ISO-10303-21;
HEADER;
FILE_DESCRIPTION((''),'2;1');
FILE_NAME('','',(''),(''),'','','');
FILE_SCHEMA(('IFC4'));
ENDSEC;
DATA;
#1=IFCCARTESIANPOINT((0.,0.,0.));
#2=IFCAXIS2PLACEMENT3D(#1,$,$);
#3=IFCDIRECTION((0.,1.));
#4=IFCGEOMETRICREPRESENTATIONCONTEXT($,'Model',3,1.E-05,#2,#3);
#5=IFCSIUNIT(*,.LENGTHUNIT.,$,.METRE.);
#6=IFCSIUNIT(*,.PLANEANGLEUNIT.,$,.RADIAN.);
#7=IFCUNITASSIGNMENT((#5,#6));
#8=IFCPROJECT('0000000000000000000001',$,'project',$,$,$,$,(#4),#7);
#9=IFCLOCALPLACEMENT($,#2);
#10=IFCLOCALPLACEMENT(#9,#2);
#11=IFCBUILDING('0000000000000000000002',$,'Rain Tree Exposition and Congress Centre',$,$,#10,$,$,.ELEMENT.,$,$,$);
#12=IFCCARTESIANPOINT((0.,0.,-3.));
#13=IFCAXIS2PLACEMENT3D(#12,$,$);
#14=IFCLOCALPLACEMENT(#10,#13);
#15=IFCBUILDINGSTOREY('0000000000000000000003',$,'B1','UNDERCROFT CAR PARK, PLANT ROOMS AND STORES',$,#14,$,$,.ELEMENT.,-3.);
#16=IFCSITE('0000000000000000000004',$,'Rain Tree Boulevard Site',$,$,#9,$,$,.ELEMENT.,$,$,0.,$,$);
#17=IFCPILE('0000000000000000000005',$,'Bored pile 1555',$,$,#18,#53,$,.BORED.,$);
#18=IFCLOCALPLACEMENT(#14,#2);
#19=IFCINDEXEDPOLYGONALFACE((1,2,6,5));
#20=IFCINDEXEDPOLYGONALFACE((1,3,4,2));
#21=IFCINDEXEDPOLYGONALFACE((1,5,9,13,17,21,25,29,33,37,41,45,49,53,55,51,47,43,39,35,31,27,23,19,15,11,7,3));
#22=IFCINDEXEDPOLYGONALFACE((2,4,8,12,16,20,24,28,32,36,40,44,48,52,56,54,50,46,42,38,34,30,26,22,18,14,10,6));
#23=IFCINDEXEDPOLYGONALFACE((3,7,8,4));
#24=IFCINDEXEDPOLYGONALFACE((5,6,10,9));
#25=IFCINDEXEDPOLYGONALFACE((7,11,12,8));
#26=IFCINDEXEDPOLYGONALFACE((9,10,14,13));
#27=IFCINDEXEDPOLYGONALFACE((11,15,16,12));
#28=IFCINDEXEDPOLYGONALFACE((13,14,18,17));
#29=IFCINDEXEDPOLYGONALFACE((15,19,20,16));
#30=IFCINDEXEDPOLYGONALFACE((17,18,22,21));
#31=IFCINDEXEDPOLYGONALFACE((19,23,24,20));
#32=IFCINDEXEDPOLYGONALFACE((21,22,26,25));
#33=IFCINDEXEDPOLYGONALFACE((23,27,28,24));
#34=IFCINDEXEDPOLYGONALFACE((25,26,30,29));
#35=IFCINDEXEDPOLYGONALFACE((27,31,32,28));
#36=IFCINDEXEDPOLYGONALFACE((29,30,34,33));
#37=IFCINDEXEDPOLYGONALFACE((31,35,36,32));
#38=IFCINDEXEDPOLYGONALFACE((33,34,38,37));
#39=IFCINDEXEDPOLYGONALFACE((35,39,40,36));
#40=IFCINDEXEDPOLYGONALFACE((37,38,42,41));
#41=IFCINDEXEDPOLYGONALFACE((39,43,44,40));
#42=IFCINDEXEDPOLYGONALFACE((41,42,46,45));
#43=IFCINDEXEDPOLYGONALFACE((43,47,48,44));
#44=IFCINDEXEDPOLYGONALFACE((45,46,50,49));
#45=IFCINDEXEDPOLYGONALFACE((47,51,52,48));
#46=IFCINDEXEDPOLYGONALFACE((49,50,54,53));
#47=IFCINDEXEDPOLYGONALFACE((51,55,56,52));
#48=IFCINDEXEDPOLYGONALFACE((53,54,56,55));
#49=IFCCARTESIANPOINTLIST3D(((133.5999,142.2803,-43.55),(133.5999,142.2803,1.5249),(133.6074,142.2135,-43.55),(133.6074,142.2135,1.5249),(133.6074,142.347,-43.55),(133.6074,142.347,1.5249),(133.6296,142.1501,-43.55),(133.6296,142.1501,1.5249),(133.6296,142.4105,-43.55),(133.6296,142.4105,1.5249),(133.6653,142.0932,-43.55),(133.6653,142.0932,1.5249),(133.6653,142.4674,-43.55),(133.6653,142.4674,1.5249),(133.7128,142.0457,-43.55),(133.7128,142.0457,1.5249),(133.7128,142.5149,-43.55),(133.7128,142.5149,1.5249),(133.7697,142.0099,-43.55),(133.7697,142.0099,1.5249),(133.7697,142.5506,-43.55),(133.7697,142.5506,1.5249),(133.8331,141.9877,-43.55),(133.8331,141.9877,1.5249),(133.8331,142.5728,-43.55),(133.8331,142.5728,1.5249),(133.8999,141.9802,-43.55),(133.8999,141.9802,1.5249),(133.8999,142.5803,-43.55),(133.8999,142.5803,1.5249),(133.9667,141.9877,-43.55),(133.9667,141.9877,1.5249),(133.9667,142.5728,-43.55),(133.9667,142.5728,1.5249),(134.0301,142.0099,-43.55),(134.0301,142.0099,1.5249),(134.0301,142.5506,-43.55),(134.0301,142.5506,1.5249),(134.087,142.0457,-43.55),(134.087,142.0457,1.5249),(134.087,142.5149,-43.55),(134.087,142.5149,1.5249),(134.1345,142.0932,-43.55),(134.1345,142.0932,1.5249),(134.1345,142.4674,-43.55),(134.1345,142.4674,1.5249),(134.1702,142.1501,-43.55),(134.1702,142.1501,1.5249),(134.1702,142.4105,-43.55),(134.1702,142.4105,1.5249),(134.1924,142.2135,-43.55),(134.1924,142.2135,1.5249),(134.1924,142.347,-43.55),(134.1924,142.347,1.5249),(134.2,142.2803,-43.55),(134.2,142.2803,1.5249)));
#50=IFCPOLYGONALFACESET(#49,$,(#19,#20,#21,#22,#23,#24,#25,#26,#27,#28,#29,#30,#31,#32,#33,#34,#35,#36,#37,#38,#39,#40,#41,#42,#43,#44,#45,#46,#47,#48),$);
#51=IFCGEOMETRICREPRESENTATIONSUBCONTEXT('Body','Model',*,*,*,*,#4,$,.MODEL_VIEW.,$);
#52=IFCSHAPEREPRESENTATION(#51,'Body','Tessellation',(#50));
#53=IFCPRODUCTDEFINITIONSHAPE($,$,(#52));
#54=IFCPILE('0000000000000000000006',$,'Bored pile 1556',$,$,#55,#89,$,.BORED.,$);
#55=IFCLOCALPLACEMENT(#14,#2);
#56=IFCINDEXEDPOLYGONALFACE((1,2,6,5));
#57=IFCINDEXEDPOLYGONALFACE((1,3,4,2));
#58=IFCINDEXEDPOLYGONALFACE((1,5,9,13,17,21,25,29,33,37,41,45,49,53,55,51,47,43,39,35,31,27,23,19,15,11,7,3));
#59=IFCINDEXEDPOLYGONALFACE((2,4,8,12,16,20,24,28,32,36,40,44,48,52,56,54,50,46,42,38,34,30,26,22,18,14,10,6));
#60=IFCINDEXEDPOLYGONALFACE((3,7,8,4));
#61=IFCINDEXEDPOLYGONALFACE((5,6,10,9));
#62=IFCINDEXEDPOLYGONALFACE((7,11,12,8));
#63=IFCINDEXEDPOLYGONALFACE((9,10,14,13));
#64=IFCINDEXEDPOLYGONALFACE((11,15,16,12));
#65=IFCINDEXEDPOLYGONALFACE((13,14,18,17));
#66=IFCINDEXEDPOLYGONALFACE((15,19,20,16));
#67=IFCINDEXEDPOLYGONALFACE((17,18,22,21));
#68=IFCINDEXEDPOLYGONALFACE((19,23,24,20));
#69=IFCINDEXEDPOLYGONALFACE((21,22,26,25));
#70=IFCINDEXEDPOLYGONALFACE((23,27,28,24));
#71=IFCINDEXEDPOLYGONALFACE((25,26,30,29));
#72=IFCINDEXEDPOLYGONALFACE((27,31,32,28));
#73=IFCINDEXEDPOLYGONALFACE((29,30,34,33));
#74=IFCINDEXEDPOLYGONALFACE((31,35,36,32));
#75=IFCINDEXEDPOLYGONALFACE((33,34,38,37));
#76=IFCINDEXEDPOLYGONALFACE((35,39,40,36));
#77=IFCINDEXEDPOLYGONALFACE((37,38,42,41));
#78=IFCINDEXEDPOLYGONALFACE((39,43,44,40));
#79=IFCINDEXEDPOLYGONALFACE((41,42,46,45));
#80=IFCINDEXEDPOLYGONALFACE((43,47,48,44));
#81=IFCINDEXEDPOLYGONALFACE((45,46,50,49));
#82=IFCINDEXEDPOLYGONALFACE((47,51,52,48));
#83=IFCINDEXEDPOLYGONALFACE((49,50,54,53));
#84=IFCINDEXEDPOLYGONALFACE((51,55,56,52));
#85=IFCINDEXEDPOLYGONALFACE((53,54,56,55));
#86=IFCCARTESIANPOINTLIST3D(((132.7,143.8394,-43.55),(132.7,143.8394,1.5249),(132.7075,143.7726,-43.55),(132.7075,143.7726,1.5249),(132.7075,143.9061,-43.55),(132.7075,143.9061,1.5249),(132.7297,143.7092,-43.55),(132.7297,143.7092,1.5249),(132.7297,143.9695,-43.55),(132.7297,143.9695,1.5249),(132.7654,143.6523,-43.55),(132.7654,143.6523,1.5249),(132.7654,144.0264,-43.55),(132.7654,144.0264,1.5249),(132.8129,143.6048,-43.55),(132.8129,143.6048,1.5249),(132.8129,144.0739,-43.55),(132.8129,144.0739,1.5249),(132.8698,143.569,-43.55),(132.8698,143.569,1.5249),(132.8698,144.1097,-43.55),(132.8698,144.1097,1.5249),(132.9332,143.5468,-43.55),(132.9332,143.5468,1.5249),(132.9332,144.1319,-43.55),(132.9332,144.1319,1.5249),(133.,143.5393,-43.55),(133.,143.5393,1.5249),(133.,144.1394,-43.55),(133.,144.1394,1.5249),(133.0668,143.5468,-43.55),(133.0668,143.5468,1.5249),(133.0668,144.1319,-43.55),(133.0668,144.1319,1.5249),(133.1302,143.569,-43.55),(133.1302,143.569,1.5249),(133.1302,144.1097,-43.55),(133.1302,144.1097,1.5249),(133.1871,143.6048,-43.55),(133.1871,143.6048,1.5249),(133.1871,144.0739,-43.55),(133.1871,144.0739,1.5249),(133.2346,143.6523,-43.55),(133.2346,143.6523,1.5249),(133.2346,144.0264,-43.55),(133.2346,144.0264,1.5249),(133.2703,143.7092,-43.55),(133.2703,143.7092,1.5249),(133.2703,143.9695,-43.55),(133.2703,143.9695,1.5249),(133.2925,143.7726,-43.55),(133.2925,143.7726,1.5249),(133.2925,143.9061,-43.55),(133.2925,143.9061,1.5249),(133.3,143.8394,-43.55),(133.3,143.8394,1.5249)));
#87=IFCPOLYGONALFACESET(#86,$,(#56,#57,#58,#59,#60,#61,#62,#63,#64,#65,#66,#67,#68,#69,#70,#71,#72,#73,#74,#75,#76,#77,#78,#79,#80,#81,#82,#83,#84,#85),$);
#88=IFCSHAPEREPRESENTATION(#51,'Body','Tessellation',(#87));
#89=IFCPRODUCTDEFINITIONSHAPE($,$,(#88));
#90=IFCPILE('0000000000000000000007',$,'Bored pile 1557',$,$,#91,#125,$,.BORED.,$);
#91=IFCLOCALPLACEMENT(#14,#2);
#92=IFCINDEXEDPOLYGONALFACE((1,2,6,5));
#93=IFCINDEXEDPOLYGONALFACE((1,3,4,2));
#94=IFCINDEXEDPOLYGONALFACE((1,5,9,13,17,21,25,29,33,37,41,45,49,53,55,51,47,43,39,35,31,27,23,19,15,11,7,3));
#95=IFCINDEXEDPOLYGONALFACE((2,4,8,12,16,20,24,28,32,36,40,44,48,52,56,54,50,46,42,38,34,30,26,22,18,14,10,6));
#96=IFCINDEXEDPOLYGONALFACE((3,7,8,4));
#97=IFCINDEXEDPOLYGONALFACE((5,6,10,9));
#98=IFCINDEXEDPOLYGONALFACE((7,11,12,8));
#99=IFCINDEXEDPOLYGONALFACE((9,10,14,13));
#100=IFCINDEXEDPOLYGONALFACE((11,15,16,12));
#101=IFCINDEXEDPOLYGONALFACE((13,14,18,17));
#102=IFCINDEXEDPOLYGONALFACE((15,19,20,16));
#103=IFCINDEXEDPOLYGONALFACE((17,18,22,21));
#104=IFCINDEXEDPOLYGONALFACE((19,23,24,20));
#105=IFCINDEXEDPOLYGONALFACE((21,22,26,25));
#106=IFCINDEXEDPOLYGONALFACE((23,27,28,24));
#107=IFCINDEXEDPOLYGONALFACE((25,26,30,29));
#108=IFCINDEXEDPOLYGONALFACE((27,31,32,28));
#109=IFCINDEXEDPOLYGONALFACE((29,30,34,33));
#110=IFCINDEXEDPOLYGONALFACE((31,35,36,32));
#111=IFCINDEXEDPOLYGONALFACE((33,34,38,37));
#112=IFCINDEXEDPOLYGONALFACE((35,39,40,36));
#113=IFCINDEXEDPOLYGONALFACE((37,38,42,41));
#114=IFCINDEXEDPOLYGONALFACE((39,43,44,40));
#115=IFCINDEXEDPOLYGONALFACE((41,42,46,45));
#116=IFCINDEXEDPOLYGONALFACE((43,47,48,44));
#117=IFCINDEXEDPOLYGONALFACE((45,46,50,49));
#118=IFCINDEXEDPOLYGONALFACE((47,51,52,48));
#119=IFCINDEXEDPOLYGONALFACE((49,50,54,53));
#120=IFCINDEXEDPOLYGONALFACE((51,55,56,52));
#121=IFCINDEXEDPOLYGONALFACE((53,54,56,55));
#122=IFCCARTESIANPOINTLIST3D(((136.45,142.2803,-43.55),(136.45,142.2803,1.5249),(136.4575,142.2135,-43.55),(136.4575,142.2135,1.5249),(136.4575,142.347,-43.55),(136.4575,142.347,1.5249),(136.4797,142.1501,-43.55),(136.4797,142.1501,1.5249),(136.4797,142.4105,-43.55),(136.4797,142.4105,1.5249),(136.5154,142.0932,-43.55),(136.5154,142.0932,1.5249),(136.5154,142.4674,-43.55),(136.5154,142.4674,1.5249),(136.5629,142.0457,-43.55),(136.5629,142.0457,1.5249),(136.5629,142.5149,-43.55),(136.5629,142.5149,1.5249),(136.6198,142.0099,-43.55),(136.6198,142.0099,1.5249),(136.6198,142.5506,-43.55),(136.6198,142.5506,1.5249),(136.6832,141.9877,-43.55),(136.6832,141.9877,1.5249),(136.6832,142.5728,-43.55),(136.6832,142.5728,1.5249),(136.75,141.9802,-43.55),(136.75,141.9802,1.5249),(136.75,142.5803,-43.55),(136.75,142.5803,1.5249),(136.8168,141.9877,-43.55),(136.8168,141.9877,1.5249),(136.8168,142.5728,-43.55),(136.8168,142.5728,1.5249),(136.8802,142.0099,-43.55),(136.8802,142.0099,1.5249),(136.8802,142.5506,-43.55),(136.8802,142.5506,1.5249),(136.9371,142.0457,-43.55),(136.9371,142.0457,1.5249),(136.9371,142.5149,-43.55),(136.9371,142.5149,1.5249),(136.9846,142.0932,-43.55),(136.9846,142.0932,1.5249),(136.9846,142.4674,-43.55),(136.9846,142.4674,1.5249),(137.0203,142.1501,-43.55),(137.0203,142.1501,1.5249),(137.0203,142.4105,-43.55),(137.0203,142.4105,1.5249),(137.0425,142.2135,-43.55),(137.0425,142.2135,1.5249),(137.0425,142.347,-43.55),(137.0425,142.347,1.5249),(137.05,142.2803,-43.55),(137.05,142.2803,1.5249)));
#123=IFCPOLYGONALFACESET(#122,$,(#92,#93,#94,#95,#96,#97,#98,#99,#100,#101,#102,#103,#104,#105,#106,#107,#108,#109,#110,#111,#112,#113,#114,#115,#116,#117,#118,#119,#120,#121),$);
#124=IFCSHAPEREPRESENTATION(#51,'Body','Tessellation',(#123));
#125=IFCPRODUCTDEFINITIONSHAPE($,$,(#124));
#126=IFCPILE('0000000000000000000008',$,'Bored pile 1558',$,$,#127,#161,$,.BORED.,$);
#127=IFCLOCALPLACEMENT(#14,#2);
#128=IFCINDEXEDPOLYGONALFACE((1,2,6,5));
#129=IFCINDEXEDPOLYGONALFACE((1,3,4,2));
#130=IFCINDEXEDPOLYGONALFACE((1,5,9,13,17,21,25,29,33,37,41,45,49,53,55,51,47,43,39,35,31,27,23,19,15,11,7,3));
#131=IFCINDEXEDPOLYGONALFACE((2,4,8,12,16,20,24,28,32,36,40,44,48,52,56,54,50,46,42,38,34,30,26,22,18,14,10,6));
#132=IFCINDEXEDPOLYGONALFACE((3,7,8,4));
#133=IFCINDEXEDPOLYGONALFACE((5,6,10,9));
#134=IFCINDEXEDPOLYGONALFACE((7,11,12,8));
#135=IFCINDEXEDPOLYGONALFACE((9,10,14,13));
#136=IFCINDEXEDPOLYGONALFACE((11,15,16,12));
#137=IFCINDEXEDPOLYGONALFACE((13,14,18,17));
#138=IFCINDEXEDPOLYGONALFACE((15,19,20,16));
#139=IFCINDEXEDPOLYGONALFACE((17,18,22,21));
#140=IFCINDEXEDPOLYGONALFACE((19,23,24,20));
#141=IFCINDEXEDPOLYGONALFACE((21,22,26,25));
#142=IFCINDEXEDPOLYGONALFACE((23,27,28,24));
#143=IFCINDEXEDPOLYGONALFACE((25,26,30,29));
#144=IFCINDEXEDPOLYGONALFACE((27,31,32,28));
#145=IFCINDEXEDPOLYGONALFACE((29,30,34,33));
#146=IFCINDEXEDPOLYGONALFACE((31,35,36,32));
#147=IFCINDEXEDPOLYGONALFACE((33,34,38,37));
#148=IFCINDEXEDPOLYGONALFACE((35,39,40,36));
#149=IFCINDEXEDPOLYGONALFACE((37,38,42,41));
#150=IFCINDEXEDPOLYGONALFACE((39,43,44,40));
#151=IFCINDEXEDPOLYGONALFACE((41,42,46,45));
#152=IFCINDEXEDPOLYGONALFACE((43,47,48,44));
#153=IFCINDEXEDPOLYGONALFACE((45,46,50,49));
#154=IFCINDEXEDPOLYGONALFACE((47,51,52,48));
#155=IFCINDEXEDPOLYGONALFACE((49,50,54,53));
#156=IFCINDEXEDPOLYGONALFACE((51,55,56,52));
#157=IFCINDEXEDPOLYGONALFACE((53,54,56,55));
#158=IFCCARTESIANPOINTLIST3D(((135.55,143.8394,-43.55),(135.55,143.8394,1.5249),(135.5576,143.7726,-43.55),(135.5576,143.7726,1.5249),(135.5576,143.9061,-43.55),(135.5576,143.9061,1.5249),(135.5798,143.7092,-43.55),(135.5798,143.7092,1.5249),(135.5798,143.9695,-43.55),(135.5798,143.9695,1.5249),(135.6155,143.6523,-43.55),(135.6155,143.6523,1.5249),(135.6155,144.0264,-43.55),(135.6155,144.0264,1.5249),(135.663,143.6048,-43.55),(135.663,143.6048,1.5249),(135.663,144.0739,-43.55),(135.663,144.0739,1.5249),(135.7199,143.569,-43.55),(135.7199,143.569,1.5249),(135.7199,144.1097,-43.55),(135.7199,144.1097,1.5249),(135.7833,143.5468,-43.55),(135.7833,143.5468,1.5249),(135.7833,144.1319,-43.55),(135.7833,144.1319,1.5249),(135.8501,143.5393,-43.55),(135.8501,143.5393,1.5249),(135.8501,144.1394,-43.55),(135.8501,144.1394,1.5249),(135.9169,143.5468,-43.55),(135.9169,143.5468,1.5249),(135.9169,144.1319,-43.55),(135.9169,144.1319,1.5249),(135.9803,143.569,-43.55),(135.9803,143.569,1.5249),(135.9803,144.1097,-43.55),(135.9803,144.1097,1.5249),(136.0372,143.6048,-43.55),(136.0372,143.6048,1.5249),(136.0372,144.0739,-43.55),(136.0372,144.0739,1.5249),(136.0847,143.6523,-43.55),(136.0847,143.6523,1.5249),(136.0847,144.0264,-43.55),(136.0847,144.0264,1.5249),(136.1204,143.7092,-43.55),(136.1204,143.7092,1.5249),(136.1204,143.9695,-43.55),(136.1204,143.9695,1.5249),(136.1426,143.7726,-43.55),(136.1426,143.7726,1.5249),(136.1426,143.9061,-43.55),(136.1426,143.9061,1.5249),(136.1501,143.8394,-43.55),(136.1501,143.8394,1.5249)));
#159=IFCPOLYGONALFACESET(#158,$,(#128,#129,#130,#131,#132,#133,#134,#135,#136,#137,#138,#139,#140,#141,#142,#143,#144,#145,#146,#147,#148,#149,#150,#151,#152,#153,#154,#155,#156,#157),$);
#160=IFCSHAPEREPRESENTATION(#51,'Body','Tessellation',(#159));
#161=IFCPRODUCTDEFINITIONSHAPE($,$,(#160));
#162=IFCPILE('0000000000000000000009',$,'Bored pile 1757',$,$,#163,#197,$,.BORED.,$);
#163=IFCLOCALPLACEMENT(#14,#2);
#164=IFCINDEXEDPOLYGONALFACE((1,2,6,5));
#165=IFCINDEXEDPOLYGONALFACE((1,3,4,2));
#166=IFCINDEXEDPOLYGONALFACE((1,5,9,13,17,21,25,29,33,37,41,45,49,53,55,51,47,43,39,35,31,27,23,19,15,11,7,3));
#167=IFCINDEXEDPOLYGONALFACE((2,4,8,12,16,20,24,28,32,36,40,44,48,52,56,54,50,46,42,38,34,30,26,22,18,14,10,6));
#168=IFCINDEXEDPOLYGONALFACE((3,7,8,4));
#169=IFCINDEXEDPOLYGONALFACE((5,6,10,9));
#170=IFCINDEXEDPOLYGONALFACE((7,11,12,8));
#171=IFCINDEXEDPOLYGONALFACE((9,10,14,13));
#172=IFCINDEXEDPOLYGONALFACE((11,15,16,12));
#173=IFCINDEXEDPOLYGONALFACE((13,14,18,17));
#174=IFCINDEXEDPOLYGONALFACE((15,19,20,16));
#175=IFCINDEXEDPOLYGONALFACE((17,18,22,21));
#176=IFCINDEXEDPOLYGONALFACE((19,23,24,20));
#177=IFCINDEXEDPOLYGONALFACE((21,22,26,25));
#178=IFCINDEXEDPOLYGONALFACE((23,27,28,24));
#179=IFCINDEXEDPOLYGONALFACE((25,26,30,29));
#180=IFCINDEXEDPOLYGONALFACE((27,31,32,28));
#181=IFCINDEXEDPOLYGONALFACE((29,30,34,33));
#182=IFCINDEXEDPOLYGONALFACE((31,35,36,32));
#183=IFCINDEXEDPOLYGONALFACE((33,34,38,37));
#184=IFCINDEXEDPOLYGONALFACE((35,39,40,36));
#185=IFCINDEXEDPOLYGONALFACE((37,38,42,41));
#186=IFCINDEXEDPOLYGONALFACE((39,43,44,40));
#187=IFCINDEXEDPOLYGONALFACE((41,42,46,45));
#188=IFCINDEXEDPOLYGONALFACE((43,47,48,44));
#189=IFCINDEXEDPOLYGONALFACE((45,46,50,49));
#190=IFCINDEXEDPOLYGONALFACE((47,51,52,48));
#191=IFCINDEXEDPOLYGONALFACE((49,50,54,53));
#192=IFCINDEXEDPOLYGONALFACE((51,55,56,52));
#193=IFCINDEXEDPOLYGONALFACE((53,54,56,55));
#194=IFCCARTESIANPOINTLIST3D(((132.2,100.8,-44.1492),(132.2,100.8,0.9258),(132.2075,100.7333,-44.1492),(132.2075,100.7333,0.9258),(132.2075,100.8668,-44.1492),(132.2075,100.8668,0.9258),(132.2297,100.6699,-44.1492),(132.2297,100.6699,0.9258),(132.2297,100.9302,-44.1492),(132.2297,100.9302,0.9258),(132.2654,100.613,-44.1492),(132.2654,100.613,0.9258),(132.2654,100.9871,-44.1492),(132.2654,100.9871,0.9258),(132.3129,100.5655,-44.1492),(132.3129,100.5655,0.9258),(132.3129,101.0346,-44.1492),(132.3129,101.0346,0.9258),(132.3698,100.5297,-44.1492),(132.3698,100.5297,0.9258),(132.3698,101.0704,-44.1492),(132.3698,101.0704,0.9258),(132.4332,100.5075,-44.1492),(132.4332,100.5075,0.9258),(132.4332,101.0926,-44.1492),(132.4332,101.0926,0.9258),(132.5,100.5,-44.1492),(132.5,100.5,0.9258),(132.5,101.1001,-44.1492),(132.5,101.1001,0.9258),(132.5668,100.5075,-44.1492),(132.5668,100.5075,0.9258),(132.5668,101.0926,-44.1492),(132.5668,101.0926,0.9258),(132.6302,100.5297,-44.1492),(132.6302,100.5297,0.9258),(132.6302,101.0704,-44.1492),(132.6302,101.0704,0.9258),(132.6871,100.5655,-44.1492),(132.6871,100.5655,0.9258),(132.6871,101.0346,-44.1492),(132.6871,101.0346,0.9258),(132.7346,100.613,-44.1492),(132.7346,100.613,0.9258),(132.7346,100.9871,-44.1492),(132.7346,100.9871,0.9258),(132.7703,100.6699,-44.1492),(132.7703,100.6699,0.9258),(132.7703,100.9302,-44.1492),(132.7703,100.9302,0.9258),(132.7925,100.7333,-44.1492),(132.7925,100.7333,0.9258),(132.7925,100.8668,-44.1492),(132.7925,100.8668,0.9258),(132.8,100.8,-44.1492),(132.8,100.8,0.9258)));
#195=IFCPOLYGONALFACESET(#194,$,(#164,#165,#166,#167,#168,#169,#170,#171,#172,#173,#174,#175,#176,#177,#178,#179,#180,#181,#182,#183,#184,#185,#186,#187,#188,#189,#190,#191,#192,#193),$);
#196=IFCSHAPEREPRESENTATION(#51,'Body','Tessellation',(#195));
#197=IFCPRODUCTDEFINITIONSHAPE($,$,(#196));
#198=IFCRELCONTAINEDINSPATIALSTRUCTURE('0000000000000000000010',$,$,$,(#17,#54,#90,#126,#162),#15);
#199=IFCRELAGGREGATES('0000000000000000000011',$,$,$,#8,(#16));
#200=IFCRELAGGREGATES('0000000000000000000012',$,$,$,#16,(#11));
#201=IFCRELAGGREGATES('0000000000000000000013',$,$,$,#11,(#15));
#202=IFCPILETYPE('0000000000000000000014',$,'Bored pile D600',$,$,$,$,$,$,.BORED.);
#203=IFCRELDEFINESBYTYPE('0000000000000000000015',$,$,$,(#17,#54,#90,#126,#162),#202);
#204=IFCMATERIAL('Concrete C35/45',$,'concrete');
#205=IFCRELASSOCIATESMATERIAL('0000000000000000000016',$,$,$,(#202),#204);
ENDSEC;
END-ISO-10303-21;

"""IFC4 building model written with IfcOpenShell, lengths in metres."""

from ifc_helpers import new_model, si_unit, direction, frame, origin, origin_2d, place, context, subcontext, project, spatial, circle, extrude, material, material_profile, profile_set, type_object, element, save


model = new_model("IFC4")

# Units and contexts
model_context = context("Model", 3, precision=1e-05, world=origin(), true_north=direction((0.0, 1.0)))
body_context = subcontext(model_context, "Body", "Model", "MODEL_VIEW")
ifc_project = project(units=[si_unit("LENGTHUNIT", "METRE"), si_unit("PLANEANGLEUNIT", "RADIAN")], contexts=[model_context])

# Site, building, storey
site_placement = place(None, origin())
site = spatial("IfcSite", under=ifc_project, at=site_placement, Name="Rain Tree Boulevard Site", CompositionType="ELEMENT", RefElevation=0.0)
building_placement = place(site_placement, origin())
building = spatial("IfcBuilding", under=site, at=building_placement, Name="Rain Tree Exposition and Congress Centre", CompositionType="ELEMENT")
storey_placement = place(building_placement, frame((0.0, 0.0, -3.0)))
storey = spatial("IfcBuildingStorey", under=building, at=storey_placement, Name="B1", Description="UNDERCROFT CAR PARK, PLANT ROOMS AND STORES", CompositionType="ELEMENT", Elevation=-3.0)

# Piles
ifc_material_1 = material(Name="Concrete C35/45", Category="concrete")
ifc_material_profile_1 = material_profile(ifc_material_1, circle(Radius=0.3, at=origin_2d()), Name="D600")
ifc_profile_set_1 = profile_set([ifc_material_profile_1], Name="Concrete C35/45")
pile_type_1 = type_object("IfcPileType", Name="Bored pile D600", PredefinedType="BORED", material=ifc_profile_set_1)
for number, where, z_axis, x_axis, name in (
    (1, (133.8999, 142.2803, 1.5249), (0.0, 0.0, -1.0), (1.0, 0.0, 0.0), "Bored pile 1555"),
    (2, (133.0, 143.8394, 1.5249), (0.0, 0.0, -1.0), (1.0, 0.0, 0.0), "Bored pile 1556"),
    (3, (136.75, 142.2803, 1.5249), (0.0, 0.0, -1.0), (1.0, 0.0, 0.0), "Bored pile 1557"),
    (4, (135.8501, 143.8394, 1.5249), (0.0, 0.0, -1.0), (1.0, 0.0, 0.0), "Bored pile 1558"),
    (5, (132.5, 100.8, 0.9258), (0.0, 0.0, -1.0), (1.0, 0.0, 0.0), "Bored pile 1757"),
):
    element("IfcPile", number, at=place(storey_placement, frame(where, z_axis=z_axis, x_axis=x_axis)), inside=storey, type_object=pile_type_1, Name=name, PredefinedType="BORED", context=body_context, shape_type="SweptSolid", body=[
        extrude(circle(Radius=0.3, at=origin_2d()), origin(), (0.0, 0.0, 1.0), 45.075),
    ])

save(model, "model.ifc")
